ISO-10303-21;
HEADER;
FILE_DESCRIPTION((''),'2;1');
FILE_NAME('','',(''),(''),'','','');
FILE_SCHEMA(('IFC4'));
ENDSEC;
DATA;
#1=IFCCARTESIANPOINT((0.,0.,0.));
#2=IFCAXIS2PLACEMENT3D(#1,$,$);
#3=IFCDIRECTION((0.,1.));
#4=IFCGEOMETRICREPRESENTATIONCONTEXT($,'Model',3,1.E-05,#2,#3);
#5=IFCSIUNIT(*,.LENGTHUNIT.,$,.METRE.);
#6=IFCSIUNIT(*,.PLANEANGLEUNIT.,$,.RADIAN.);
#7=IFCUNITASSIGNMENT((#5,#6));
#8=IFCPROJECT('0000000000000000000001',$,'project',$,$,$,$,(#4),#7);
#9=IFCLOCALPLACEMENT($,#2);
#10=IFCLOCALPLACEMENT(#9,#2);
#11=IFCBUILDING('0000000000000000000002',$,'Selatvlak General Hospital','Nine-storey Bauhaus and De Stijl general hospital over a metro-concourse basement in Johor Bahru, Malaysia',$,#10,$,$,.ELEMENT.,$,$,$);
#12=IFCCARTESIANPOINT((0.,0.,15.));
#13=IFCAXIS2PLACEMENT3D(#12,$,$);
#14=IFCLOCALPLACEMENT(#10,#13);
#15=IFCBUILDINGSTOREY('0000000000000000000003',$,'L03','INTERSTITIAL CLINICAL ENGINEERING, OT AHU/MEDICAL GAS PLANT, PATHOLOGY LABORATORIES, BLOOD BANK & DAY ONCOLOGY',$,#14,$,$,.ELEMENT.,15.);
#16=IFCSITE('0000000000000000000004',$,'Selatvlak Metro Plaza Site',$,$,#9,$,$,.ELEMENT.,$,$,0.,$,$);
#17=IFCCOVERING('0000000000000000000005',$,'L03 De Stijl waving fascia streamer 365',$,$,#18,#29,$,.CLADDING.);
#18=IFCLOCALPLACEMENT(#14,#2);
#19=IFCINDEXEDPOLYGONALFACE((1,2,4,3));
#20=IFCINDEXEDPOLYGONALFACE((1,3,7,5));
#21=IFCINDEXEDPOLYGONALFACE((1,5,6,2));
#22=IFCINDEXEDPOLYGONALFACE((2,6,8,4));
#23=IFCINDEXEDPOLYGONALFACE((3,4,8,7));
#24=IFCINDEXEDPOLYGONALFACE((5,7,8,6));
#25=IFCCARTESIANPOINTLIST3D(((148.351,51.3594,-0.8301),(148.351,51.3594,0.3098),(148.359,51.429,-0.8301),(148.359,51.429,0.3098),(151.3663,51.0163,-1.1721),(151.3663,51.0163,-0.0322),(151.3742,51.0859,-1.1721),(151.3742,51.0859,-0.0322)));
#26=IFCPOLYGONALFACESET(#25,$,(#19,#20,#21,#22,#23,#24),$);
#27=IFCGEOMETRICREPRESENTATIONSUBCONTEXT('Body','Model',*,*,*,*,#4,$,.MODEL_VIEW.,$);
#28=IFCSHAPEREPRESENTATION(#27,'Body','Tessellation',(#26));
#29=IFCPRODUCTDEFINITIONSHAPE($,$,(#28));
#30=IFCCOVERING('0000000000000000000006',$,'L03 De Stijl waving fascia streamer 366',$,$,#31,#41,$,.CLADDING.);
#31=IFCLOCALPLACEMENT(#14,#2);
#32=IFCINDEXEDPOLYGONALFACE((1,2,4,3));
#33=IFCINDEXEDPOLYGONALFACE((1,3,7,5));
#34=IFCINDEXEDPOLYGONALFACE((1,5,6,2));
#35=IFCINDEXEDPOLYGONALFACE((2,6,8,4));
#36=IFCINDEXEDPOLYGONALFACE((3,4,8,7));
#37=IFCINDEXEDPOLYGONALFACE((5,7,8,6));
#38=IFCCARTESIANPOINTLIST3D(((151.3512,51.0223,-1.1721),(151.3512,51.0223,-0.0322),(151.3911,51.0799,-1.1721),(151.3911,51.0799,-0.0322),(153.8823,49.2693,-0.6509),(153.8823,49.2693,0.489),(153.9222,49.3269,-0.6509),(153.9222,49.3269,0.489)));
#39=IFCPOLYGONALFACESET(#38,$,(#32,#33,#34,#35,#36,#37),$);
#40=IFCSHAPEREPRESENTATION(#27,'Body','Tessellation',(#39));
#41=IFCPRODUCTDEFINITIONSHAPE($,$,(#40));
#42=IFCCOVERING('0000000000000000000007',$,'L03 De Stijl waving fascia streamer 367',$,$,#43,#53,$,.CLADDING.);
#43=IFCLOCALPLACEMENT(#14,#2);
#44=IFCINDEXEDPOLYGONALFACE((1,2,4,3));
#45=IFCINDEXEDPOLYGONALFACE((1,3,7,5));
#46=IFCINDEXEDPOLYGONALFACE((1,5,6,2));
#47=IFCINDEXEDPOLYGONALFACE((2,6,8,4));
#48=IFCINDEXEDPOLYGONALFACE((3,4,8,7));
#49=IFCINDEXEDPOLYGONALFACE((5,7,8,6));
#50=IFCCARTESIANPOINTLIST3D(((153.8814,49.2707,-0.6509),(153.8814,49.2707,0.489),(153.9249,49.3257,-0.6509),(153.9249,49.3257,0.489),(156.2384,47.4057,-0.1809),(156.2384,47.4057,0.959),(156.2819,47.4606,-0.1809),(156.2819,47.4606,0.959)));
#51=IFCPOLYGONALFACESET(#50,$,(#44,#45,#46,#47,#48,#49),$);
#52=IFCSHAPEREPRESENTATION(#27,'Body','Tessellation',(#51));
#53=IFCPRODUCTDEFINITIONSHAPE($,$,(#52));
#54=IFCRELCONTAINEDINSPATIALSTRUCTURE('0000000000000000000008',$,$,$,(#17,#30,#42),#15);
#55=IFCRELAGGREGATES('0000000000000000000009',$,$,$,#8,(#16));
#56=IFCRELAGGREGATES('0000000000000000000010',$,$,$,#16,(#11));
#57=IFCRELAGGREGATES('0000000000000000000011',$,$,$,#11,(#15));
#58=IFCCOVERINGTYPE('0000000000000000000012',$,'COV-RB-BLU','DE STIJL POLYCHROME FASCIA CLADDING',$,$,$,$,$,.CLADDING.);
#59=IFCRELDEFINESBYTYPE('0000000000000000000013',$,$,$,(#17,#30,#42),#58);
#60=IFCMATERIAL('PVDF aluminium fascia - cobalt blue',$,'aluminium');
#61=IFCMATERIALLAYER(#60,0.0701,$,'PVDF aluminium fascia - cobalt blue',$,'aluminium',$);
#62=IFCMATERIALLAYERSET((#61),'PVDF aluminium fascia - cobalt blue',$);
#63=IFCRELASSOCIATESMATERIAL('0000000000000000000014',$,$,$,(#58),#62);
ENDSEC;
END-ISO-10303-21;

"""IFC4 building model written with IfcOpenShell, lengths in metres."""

from ifc_helpers import new_model, si_unit, direction, frame, origin, place, context, subcontext, project, spatial, polyline, outline, extrude, material, layer, layer_set, type_object, element, save


model = new_model("IFC4")

# Units and contexts
model_context = context("Model", 3, precision=1e-05, world=origin(), true_north=direction((0.0, 1.0)))
body_context = subcontext(model_context, "Body", "Model", "MODEL_VIEW")
ifc_project = project(units=[si_unit("LENGTHUNIT", "METRE"), si_unit("PLANEANGLEUNIT", "RADIAN")], contexts=[model_context])

# Site, building, storey
site_placement = place(None, origin())
site = spatial("IfcSite", under=ifc_project, at=site_placement, Name="Selatvlak Metro Plaza Site", CompositionType="ELEMENT", RefElevation=0.0)
building_placement = place(site_placement, origin())
building = spatial("IfcBuilding", under=site, at=building_placement, Name="Selatvlak General Hospital", Description="Nine-storey Bauhaus and De Stijl general hospital over a metro-concourse basement in Johor Bahru, Malaysia", CompositionType="ELEMENT")
storey_placement = place(building_placement, frame((0.0, 0.0, 15.0)))
storey = spatial("IfcBuildingStorey", under=building, at=storey_placement, Name="L03", Description="INTERSTITIAL CLINICAL ENGINEERING, OT AHU/MEDICAL GAS PLANT, PATHOLOGY LABORATORIES, BLOOD BANK & DAY ONCOLOGY", CompositionType="ELEMENT", Elevation=15.0)

# Coverings
ifc_material_1 = material(Name="PVDF aluminium fascia - cobalt blue", Category="aluminium")
ifc_layer_1 = layer(ifc_material_1, 0.0701, Name="PVDF aluminium fascia - cobalt blue", Category="aluminium")
ifc_layer_set_1 = layer_set([ifc_layer_1], Name="PVDF aluminium fascia - cobalt blue")
covering_type = type_object("IfcCoveringType", Name="COV-RB-BLU", Description="DE STIJL POLYCHROME FASCIA CLADDING", PredefinedType="CLADDING", material=ifc_layer_set_1)
covering_1_placement = place(storey_placement, frame((148.355, 51.394, -0.8301), z_axis=(0.0, 0.0, 1.0), x_axis=(0.993591, -0.113036, 0.0)))
element("IfcCovering", 1, at=covering_1_placement, inside=storey, type_object=covering_type, Name="L03 De Stijl waving fascia streamer 365", PredefinedType="CLADDING", context=body_context, shape_type="SweptSolid", body=[
    extrude(outline(polyline([(0.0, 0.0), (3.0347, -0.342), (3.0347, 0.7979), (0.0, 1.1399), (0.0, 0.0)])), frame((0.0, 0.0352, 0.0), z_axis=(0.0, -1.0, 0.0), x_axis=(1.0, 0.0, 0.0)), (0.0, 0.0, 1.0), 0.0701),
])
covering_2_placement = place(storey_placement, frame((151.3711, 51.051, -1.1721), z_axis=(0.0, 0.0, 1.0), x_axis=(0.822087, -0.569363, 0.0)))
element("IfcCovering", 2, at=covering_2_placement, inside=storey, type_object=covering_type, Name="L03 De Stijl waving fascia streamer 366", PredefinedType="CLADDING", context=body_context, shape_type="SweptSolid", body=[
    extrude(outline(polyline([(0.0, 0.0), (3.0789, 0.5212), (3.0789, 1.6611), (0.0, 1.1399), (0.0, 0.0)])), frame((0.0, 0.0352, 0.0), z_axis=(0.0, -1.0, 0.0), x_axis=(1.0, 0.0, 0.0)), (0.0, 0.0, 1.0), 0.0701),
])
covering_3_placement = place(storey_placement, frame((153.9031, 49.2981, -0.6509), z_axis=(0.0, 0.0, 1.0), x_axis=(0.784194, -0.620516, 0.0)))
element("IfcCovering", 3, at=covering_3_placement, inside=storey, type_object=covering_type, Name="L03 De Stijl waving fascia streamer 367", PredefinedType="CLADDING", context=body_context, shape_type="SweptSolid", body=[
    extrude(outline(polyline([(0.0, 0.0), (3.0056, 0.47), (3.0056, 1.6099), (0.0, 1.1399), (0.0, 0.0)])), frame((0.0, 0.0352, 0.0), z_axis=(0.0, -1.0, 0.0), x_axis=(1.0, 0.0, 0.0)), (0.0, 0.0, 1.0), 0.0701),
])

save(model, "model.ifc")
